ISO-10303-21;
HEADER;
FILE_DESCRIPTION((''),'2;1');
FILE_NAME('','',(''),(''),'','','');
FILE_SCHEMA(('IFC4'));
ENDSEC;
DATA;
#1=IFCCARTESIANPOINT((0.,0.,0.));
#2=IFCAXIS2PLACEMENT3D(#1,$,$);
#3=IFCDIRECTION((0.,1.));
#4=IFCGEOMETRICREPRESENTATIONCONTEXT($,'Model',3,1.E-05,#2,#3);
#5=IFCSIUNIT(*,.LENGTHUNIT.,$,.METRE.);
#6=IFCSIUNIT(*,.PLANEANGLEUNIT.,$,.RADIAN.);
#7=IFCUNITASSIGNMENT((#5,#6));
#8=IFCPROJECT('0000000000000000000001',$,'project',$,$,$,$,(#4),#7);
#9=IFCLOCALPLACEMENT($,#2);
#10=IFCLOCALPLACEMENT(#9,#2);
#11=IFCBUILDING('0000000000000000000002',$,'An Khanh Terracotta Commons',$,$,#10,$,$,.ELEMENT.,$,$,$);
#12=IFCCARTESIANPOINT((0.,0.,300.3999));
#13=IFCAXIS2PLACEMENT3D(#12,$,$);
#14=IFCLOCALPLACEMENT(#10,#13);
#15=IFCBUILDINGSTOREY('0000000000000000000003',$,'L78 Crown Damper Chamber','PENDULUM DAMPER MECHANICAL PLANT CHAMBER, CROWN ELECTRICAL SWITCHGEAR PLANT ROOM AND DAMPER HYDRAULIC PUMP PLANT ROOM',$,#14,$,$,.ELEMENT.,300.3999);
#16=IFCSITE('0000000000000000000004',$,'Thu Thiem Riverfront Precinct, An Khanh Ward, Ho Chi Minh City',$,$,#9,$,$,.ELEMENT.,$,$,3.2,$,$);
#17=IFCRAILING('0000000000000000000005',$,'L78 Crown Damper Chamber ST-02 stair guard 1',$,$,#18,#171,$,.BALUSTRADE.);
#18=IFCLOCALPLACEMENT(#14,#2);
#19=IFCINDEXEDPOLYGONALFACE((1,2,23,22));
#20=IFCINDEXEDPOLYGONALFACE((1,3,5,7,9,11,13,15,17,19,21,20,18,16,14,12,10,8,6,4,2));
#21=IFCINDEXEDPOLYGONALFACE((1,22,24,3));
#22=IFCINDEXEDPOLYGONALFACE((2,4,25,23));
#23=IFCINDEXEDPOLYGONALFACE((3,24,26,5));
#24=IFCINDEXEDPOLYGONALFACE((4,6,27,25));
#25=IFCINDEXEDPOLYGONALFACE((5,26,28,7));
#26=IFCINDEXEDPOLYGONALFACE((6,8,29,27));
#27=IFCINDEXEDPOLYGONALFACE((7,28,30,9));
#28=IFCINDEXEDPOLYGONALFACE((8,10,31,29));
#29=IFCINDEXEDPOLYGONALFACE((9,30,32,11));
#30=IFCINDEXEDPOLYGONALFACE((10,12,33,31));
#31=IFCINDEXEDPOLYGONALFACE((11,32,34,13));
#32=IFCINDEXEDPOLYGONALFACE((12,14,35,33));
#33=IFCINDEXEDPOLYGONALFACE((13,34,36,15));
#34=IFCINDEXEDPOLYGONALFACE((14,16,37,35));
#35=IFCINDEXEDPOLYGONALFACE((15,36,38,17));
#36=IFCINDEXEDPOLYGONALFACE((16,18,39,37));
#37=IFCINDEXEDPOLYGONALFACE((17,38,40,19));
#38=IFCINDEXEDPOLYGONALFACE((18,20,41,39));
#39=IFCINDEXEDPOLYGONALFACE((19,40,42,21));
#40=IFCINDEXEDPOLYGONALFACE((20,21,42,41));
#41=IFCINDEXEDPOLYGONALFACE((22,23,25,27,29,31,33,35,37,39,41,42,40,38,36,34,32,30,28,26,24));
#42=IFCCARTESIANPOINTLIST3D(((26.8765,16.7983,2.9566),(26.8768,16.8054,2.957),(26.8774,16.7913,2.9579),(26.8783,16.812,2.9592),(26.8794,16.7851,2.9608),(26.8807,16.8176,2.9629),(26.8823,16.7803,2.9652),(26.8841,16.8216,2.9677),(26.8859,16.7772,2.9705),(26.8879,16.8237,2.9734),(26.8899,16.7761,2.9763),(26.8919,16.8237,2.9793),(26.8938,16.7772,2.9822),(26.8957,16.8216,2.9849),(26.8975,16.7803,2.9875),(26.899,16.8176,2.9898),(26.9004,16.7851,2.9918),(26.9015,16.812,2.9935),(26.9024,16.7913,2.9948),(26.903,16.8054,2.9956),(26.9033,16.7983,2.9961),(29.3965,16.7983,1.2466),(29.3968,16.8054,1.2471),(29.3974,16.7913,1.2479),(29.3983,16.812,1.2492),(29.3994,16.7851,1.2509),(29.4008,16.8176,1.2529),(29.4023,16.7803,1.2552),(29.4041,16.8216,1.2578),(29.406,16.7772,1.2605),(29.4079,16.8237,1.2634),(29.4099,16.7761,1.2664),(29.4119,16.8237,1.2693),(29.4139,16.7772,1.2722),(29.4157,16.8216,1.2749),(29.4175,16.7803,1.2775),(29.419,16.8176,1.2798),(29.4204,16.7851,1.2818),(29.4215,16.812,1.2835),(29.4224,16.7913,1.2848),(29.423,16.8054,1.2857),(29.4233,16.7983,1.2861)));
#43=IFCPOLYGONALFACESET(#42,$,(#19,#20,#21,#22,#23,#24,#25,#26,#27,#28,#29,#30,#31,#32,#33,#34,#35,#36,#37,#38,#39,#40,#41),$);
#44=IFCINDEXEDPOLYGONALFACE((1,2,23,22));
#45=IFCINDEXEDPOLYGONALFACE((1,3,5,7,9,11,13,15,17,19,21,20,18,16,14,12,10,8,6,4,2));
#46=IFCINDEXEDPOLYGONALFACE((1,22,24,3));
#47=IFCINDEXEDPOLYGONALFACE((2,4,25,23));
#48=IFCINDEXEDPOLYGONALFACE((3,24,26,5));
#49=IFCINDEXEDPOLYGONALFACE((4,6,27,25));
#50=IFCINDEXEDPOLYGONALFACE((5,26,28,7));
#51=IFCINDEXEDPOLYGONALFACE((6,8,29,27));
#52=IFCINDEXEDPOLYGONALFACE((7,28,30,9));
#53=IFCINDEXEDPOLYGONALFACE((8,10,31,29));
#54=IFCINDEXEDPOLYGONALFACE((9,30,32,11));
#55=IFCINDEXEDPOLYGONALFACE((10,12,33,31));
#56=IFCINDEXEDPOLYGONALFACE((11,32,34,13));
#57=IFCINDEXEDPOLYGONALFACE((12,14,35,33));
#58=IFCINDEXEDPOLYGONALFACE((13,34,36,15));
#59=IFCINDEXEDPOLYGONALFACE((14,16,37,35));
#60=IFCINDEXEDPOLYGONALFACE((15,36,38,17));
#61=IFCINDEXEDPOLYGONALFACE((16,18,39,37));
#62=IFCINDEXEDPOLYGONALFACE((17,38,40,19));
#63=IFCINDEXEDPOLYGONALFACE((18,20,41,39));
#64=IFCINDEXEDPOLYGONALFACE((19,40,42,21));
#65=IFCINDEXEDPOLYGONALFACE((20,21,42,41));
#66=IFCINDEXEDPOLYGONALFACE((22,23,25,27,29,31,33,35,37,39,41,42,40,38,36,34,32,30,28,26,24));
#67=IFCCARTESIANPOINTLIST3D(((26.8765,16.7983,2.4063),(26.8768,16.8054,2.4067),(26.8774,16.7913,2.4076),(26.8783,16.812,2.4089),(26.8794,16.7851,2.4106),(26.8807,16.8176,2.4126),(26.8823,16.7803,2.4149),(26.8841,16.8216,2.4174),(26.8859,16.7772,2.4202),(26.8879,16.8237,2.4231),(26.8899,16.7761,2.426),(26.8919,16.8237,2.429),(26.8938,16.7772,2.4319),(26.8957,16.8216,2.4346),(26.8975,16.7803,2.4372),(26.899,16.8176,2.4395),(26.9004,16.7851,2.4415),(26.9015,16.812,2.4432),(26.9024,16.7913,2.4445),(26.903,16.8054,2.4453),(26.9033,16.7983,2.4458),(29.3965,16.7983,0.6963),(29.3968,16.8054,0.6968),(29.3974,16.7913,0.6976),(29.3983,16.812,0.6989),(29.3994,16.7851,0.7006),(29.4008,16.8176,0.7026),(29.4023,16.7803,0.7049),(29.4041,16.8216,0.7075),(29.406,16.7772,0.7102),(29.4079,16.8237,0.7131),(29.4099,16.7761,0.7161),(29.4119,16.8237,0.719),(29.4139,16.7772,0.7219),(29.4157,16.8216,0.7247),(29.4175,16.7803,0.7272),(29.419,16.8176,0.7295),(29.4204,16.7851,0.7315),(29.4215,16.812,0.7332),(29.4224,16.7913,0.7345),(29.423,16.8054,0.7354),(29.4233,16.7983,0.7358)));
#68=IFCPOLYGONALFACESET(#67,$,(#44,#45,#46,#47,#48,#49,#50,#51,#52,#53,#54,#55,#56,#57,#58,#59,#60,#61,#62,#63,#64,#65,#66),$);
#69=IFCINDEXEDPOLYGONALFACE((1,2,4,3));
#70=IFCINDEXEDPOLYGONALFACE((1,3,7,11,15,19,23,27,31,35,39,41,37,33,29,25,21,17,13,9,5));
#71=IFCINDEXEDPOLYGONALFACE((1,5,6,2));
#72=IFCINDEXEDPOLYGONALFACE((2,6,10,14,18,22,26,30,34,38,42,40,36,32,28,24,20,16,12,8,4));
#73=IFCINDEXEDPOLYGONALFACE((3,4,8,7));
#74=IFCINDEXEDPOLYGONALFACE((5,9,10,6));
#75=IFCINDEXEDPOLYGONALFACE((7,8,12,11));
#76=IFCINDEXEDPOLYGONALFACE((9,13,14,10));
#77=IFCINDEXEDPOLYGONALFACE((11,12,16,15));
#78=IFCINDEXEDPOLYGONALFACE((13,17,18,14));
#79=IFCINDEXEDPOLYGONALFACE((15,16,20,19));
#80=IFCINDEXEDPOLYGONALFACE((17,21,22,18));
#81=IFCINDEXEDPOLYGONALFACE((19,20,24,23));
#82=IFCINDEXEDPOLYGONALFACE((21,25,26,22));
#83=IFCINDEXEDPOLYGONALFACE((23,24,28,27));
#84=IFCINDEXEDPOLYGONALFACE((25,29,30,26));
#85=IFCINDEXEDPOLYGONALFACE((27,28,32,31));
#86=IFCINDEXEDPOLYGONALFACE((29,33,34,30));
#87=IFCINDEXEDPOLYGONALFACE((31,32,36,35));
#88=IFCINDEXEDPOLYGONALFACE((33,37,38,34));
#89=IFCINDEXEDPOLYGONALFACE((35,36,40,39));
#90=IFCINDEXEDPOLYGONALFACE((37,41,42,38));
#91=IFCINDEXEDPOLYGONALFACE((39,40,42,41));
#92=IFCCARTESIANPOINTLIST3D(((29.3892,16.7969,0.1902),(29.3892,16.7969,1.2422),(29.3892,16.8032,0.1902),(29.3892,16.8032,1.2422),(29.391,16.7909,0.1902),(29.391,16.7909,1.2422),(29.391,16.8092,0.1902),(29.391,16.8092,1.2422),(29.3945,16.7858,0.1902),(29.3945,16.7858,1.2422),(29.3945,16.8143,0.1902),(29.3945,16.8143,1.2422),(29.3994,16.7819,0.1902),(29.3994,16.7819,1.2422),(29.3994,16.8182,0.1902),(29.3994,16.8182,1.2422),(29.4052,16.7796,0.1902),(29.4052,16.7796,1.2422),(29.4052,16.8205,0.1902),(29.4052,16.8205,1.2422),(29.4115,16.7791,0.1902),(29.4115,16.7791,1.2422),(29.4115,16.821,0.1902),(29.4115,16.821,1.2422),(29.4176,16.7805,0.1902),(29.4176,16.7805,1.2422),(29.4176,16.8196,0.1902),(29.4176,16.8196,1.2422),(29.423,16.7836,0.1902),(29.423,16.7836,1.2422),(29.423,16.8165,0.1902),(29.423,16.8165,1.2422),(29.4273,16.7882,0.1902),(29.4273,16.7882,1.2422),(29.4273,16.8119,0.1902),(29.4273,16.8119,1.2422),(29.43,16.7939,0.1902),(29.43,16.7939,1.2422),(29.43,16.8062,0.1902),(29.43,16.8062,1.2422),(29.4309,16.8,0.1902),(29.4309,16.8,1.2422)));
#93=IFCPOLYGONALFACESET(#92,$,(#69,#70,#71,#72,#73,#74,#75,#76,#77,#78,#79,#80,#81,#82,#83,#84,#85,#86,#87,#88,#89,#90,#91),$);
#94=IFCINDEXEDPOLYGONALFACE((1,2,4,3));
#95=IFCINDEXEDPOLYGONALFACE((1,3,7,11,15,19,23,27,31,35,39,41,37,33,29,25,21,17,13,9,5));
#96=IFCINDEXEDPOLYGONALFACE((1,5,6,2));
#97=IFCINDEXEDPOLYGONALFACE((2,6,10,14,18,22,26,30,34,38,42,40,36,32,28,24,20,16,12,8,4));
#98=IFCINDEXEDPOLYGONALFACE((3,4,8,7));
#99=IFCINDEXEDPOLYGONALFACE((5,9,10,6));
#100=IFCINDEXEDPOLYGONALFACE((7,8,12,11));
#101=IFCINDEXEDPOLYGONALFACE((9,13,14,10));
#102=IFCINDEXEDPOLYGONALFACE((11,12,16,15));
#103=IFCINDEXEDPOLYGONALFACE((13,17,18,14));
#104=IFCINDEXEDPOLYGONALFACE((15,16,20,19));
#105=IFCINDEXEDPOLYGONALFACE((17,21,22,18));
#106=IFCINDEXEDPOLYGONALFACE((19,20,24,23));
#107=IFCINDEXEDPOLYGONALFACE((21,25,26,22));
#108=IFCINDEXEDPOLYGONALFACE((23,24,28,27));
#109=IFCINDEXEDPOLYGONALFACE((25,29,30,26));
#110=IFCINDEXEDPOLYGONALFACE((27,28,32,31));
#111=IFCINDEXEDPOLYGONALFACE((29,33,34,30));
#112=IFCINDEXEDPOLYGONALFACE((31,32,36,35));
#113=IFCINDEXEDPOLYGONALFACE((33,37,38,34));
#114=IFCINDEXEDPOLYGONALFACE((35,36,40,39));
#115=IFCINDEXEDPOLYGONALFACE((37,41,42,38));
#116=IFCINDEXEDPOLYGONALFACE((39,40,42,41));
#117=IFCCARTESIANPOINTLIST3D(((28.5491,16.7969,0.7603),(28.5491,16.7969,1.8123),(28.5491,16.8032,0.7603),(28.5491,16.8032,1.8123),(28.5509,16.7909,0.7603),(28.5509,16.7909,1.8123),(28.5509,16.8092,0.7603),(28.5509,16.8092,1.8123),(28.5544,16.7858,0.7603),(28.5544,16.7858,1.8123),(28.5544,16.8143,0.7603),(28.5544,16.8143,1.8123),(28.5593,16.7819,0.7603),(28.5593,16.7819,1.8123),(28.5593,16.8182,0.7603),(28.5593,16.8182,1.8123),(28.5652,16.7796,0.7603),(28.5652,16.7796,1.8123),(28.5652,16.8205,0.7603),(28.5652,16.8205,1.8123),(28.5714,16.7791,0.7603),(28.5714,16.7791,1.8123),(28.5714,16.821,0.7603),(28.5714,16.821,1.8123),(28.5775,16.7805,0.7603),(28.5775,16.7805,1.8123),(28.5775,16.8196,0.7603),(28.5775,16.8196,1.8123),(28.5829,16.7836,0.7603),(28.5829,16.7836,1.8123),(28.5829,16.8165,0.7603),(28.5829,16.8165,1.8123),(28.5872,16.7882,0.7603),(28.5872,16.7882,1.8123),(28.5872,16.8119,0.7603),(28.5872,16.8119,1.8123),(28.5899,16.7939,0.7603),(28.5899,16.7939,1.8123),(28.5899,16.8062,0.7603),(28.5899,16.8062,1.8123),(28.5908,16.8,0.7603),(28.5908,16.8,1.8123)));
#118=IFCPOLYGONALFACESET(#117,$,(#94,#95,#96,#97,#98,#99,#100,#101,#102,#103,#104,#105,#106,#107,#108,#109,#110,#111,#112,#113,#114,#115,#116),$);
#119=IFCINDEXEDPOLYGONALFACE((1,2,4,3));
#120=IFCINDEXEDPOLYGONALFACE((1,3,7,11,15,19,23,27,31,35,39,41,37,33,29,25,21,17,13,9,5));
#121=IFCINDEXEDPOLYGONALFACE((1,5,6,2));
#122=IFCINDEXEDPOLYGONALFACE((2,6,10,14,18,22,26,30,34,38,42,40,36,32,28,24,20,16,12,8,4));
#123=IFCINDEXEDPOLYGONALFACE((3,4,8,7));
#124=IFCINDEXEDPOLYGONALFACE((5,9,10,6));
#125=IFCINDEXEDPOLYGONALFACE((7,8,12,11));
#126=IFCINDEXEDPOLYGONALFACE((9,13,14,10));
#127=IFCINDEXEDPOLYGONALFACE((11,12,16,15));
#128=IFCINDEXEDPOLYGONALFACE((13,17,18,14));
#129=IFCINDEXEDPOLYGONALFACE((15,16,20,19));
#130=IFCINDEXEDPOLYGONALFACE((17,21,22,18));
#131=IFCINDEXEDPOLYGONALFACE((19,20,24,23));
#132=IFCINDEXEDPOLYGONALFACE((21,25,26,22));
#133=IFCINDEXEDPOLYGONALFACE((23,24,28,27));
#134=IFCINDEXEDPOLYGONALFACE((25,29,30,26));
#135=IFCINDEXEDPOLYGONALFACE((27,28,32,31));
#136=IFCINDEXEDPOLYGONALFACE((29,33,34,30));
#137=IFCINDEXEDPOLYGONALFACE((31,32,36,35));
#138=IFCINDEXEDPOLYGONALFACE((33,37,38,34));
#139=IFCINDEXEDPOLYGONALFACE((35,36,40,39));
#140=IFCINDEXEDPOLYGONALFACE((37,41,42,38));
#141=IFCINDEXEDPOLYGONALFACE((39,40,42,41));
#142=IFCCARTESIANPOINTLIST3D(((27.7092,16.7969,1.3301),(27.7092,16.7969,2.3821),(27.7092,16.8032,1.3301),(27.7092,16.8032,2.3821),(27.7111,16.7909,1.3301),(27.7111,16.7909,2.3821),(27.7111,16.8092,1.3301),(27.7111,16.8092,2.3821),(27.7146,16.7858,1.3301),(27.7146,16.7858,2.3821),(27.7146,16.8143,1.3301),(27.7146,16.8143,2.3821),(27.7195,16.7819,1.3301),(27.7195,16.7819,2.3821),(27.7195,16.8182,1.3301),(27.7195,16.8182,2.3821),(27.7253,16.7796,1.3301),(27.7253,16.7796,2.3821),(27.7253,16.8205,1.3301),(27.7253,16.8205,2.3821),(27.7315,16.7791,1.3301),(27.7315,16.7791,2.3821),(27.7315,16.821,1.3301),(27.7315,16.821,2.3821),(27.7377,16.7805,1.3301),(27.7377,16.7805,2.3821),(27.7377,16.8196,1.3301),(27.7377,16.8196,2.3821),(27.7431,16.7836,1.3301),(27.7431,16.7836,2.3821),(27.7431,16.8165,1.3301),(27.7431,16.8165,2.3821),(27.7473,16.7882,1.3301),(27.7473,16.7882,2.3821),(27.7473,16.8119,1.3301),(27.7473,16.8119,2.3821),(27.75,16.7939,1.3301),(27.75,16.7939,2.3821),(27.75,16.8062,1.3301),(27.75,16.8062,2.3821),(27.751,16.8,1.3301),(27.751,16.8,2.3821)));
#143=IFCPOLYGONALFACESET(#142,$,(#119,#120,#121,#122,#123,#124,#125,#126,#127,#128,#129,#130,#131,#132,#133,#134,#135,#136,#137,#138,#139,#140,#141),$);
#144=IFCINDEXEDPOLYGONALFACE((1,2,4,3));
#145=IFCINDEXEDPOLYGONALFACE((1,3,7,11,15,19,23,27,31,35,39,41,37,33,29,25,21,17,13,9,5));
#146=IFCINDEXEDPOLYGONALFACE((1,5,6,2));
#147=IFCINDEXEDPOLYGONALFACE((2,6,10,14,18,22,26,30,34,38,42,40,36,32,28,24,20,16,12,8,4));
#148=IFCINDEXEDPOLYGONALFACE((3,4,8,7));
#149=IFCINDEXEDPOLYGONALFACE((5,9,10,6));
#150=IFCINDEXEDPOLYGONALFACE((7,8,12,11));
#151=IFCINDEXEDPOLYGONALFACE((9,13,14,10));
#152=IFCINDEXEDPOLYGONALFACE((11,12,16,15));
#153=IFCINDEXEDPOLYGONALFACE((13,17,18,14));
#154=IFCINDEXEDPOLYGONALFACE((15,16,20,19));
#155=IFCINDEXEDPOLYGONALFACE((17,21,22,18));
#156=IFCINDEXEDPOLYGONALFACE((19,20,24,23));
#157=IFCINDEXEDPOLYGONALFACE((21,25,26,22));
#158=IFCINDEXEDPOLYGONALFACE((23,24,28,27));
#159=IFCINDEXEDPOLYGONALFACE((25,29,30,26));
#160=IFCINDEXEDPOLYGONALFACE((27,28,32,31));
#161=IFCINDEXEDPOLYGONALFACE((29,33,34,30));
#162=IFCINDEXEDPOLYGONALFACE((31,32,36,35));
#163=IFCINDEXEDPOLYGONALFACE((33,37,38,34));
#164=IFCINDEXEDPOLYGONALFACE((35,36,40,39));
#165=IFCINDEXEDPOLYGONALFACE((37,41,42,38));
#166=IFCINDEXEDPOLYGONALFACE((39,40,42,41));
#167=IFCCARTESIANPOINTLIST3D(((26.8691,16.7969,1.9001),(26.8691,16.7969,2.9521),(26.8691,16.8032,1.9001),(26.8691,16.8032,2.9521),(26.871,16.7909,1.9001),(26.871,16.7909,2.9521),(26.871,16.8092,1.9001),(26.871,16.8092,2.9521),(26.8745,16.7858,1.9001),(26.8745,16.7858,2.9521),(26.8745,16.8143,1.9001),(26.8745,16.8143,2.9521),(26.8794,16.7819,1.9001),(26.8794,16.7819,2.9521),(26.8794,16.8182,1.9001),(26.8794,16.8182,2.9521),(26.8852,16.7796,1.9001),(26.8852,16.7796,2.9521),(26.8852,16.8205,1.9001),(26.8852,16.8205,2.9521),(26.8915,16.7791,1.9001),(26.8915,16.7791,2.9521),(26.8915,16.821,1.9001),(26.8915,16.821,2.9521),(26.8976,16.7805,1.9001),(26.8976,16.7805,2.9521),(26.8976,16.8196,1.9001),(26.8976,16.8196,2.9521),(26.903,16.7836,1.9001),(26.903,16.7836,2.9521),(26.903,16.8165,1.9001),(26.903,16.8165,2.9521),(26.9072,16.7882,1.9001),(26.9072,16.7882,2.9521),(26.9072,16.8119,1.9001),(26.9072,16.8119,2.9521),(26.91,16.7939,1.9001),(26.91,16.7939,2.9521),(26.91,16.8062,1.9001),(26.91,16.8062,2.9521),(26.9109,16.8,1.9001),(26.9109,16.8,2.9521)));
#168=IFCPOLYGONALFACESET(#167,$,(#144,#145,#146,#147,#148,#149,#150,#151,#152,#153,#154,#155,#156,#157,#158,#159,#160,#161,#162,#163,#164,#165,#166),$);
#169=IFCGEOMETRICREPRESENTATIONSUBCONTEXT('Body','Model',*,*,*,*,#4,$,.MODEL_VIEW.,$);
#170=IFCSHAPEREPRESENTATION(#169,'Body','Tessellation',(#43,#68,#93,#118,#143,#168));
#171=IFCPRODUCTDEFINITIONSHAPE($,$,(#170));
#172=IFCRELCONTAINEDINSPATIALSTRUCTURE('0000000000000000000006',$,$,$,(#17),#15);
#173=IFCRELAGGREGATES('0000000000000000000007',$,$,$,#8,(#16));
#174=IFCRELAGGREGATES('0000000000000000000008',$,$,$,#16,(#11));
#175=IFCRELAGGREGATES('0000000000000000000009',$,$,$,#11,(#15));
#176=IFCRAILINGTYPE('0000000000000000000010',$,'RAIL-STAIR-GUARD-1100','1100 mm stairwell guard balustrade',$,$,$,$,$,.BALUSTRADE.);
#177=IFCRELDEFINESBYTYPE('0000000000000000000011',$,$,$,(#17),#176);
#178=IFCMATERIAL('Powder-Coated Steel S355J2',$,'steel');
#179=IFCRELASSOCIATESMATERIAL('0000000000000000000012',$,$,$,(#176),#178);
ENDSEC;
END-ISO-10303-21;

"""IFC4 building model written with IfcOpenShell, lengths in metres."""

from ifc_helpers import new_model, si_unit, direction, frame, origin, origin_2d, place, context, subcontext, project, spatial, circle, extrude, material, type_object, element, save


model = new_model("IFC4")

# Units and contexts
model_context = context("Model", 3, precision=1e-05, world=origin(), true_north=direction((0.0, 1.0)))
body_context = subcontext(model_context, "Body", "Model", "MODEL_VIEW")
ifc_project = project(units=[si_unit("LENGTHUNIT", "METRE"), si_unit("PLANEANGLEUNIT", "RADIAN")], contexts=[model_context])

# Site, building, storey
site_placement = place(None, origin())
site = spatial("IfcSite", under=ifc_project, at=site_placement, Name="Thu Thiem Riverfront Precinct, An Khanh Ward, Ho Chi Minh City", CompositionType="ELEMENT", RefElevation=3.2)
building_placement = place(site_placement, origin())
building = spatial("IfcBuilding", under=site, at=building_placement, Name="An Khanh Terracotta Commons", CompositionType="ELEMENT")
storey_placement = place(building_placement, frame((0.0, 0.0, 300.3999)))
storey = spatial("IfcBuildingStorey", under=building, at=storey_placement, Name="L78 Crown Damper Chamber", Description="PENDULUM DAMPER MECHANICAL PLANT CHAMBER, CROWN ELECTRICAL SWITCHGEAR PLANT ROOM AND DAMPER HYDRAULIC PUMP PLANT ROOM", CompositionType="ELEMENT", Elevation=300.3999)

# Railing
ifc_material_1 = material(Name="Powder-Coated Steel S355J2", Category="steel")
railing_type_1 = type_object("IfcRailingType", Name="RAIL-STAIR-GUARD-1100", Description="1100 mm stairwell guard balustrade", PredefinedType="BALUSTRADE", material=ifc_material_1)
railing_1_placement = place(storey_placement, frame((29.4099, 16.8, 0.1902)))
element("IfcRailing", 1, at=railing_1_placement, inside=storey, type_object=railing_type_1, Name="L78 Crown Damper Chamber ST-02 stair guard 1", PredefinedType="BALUSTRADE", context=body_context, shape_type="SweptSolid", body=[
    extrude(circle(Radius=0.0239, at=origin_2d()), frame((0.0, 0.0, 1.0762), z_axis=(-0.827484, 0.0, 0.56149), x_axis=(0.0, -1.0, 0.0)), (0.0, 0.0, 1.0), 3.0454),
    extrude(circle(Radius=0.0239, at=origin_2d()), frame((0.0, 0.0, 0.5259), z_axis=(-0.827484, 0.0, 0.56149), x_axis=(0.0, -1.0, 0.0)), (0.0, 0.0, 1.0), 3.0454),
    extrude(circle(Radius=0.021, at=origin_2d()), origin(), (0.0, 0.0, 1.0), 1.052),
    extrude(circle(Radius=0.021, at=origin_2d()), frame((-0.8401, 0.0, 0.5701)), (0.0, 0.0, 1.0), 1.052),
    extrude(circle(Radius=0.021, at=origin_2d()), frame((-1.6799, 0.0, 1.1399)), (0.0, 0.0, 1.0), 1.052),
    extrude(circle(Radius=0.021, at=origin_2d()), frame((-2.52, 0.0, 1.71)), (0.0, 0.0, 1.0), 1.052),
])

save(model, "model.ifc")
